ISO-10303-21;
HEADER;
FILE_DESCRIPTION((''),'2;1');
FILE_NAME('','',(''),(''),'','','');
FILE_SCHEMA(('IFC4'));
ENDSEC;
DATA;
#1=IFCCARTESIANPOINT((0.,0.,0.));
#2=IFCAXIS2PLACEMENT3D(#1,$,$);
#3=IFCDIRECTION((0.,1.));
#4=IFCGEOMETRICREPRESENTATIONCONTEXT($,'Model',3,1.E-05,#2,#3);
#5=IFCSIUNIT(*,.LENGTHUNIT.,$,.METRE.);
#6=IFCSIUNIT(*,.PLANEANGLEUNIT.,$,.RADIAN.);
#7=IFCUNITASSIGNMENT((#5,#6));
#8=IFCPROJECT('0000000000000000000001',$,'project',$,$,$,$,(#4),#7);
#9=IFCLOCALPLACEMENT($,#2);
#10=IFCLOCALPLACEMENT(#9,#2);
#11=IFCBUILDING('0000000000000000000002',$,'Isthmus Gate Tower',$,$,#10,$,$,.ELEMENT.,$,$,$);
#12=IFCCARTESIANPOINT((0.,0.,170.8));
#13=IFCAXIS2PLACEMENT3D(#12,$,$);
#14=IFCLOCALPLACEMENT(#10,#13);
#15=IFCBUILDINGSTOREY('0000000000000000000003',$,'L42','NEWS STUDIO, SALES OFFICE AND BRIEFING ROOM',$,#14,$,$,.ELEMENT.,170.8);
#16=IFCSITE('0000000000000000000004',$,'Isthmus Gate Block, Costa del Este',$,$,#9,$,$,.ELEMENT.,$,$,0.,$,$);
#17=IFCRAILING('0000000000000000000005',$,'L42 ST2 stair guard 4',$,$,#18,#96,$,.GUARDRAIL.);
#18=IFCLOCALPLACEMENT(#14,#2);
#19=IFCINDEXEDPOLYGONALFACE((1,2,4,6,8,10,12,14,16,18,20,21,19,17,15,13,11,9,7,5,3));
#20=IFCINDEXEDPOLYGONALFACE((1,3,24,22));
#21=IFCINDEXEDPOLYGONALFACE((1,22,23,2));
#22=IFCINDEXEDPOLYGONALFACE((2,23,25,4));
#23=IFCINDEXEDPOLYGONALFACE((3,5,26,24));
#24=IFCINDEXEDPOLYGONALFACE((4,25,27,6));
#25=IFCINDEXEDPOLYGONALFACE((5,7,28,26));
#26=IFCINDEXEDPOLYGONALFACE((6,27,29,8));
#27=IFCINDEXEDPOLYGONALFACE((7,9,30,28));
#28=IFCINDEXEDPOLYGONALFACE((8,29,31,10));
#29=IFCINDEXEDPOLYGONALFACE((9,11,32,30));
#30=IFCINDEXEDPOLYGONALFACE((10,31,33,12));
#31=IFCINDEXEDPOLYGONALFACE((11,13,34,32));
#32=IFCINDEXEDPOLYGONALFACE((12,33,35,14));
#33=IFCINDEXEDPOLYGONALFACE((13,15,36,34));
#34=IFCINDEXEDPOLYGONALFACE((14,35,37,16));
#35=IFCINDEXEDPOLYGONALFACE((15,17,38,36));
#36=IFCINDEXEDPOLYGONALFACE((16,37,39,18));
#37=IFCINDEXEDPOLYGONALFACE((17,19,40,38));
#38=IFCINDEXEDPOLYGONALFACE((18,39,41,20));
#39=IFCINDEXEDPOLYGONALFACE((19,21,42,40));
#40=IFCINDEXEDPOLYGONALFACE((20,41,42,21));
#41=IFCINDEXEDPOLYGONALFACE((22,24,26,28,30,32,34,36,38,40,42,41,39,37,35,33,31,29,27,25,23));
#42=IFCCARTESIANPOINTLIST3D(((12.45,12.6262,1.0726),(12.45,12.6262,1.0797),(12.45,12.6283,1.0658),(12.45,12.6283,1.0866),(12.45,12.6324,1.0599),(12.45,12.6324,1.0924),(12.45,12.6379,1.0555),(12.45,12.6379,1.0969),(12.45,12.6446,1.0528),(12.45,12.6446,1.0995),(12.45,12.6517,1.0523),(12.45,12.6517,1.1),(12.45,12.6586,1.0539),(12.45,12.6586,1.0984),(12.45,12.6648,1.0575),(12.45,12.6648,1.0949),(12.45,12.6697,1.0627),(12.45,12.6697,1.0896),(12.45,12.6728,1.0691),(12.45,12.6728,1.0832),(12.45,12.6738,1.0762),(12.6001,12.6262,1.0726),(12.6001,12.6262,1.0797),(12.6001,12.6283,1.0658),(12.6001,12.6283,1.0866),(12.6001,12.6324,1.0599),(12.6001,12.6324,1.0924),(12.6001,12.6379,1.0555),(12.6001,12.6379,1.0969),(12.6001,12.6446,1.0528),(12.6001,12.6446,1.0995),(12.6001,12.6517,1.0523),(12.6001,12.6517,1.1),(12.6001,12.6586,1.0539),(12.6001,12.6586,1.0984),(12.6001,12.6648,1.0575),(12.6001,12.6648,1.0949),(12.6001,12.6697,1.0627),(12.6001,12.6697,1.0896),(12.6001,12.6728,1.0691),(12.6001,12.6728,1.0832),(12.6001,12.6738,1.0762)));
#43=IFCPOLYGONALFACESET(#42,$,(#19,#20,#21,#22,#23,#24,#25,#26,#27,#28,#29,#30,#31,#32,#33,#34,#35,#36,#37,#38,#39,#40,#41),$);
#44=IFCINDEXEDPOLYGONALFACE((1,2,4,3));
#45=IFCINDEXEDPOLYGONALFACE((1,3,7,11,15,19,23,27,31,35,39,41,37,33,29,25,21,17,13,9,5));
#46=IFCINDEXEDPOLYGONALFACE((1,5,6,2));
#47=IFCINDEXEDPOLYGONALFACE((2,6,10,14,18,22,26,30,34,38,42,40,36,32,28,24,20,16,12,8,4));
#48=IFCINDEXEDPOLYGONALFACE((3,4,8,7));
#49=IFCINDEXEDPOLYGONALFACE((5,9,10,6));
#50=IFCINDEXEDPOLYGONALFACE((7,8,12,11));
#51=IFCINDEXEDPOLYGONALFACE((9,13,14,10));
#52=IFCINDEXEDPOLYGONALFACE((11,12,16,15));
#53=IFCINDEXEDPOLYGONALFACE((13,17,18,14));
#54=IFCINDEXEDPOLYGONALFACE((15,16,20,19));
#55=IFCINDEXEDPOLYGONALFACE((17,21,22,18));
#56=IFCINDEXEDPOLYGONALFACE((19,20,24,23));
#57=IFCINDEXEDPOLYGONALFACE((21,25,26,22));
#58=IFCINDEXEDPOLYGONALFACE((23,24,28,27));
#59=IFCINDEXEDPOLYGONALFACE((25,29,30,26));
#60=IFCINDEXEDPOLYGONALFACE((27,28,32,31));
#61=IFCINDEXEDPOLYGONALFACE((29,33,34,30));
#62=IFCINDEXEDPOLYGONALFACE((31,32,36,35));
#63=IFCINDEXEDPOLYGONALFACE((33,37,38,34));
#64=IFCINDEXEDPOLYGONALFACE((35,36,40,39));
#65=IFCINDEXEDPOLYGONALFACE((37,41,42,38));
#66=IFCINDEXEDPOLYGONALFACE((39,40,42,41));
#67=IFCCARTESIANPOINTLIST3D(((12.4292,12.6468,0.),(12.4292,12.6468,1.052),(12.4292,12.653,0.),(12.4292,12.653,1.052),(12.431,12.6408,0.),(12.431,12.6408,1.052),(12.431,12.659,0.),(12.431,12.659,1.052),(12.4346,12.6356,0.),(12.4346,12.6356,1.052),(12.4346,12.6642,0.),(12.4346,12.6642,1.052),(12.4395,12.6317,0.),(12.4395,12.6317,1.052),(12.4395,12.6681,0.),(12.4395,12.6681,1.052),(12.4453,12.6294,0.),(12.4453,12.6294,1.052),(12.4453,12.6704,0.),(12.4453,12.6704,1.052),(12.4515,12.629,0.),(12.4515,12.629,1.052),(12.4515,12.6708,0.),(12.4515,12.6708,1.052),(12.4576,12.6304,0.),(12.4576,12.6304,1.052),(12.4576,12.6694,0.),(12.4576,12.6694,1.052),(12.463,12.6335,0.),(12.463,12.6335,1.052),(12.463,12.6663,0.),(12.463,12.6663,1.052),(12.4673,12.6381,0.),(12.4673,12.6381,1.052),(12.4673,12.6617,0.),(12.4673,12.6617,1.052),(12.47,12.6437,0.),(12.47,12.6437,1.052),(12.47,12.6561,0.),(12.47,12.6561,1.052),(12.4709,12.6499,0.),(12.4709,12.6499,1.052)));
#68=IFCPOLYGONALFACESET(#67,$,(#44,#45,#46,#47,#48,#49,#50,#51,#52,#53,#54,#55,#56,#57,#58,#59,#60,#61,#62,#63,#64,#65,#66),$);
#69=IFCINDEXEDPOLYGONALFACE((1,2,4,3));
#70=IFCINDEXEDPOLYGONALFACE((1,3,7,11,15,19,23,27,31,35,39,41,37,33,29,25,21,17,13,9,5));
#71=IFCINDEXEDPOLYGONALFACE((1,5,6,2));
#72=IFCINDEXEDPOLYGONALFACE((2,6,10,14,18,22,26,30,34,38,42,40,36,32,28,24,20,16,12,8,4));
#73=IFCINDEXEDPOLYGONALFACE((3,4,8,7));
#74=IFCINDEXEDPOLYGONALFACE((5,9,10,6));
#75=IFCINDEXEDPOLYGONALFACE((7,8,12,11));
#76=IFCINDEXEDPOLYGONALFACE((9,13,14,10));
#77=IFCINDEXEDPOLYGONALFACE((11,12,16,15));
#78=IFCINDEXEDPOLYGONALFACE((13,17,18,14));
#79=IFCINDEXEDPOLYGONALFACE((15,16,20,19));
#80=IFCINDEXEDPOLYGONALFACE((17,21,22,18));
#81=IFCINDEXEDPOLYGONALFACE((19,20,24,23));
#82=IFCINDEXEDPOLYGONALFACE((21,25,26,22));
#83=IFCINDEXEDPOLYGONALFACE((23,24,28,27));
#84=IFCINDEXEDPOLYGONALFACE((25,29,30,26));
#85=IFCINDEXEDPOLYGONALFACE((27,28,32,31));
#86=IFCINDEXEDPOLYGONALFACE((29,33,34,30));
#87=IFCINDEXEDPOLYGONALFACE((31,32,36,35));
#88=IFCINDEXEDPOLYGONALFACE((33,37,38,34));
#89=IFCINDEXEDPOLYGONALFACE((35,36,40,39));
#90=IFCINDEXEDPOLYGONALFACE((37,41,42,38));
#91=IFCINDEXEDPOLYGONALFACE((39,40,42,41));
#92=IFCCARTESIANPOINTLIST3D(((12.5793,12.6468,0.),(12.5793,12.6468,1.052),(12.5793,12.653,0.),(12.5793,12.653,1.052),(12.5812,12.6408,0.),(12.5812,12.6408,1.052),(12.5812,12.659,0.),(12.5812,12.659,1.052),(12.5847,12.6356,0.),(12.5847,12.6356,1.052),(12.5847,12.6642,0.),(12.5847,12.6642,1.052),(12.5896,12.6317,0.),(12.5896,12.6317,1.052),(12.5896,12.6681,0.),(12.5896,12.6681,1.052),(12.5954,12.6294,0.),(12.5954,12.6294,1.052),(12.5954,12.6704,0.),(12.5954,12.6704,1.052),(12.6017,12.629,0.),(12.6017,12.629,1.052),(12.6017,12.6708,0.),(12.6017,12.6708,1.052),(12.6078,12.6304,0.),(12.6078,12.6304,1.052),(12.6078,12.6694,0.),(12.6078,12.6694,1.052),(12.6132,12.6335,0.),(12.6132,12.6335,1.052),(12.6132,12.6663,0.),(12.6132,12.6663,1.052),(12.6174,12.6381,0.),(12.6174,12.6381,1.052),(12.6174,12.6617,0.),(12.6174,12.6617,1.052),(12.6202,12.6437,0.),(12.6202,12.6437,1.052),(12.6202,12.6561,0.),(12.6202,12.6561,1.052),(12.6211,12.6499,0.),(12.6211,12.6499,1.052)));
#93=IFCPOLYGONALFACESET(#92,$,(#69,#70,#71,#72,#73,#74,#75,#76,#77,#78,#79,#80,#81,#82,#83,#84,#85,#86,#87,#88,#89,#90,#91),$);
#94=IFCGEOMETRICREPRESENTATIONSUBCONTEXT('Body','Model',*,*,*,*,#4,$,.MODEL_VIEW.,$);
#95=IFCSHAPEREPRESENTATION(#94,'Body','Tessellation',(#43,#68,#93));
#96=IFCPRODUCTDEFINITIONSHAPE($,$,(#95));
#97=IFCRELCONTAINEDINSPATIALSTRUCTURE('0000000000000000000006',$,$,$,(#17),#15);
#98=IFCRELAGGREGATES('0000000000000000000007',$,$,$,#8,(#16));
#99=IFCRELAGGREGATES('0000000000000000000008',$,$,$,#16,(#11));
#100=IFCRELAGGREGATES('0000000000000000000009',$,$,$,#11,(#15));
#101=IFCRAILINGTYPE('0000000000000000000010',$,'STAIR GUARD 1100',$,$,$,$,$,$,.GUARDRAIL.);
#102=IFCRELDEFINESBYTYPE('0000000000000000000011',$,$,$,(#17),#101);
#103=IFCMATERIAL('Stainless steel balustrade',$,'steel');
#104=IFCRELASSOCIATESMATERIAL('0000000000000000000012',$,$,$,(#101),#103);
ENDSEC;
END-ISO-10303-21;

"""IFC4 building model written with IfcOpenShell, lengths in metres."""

from ifc_helpers import new_model, si_unit, direction, frame, origin, origin_2d, place, context, subcontext, project, spatial, circle, extrude, material, type_object, element, save


model = new_model("IFC4")

# Units and contexts
model_context = context("Model", 3, precision=1e-05, world=origin(), true_north=direction((0.0, 1.0)))
body_context = subcontext(model_context, "Body", "Model", "MODEL_VIEW")
ifc_project = project(units=[si_unit("LENGTHUNIT", "METRE"), si_unit("PLANEANGLEUNIT", "RADIAN")], contexts=[model_context])

# Site, building, storey
site_placement = place(None, origin())
site = spatial("IfcSite", under=ifc_project, at=site_placement, Name="Isthmus Gate Block, Costa del Este", CompositionType="ELEMENT", RefElevation=0.0)
building_placement = place(site_placement, origin())
building = spatial("IfcBuilding", under=site, at=building_placement, Name="Isthmus Gate Tower", CompositionType="ELEMENT")
storey_placement = place(building_placement, frame((0.0, 0.0, 170.8)))
storey = spatial("IfcBuildingStorey", under=building, at=storey_placement, Name="L42", Description="NEWS STUDIO, SALES OFFICE AND BRIEFING ROOM", CompositionType="ELEMENT", Elevation=170.8)

# Railing
ifc_material_1 = material(Name="Stainless steel balustrade", Category="steel")
railing_type = type_object("IfcRailingType", Name="STAIR GUARD 1100", PredefinedType="GUARDRAIL", material=ifc_material_1)
railing_1_placement = place(storey_placement, frame((12.45, 12.6499, 0.0)))
element("IfcRailing", 1, at=railing_1_placement, inside=storey, type_object=railing_type, Name="L42 ST2 stair guard 4", PredefinedType="GUARDRAIL", context=body_context, shape_type="SweptSolid", body=[
    extrude(circle(Radius=0.0239, at=origin_2d()), frame((0.0, 0.0, 1.0762), z_axis=(1.0, 0.0, 0.0), x_axis=(0.0, 1.0, 0.0)), (0.0, 0.0, 1.0), 0.1501),
    extrude(circle(Radius=0.021, at=origin_2d()), origin(), (0.0, 0.0, 1.0), 1.052),
    extrude(circle(Radius=0.021, at=origin_2d()), frame((0.1501, 0.0, 0.0)), (0.0, 0.0, 1.0), 1.052),
])

save(model, "model.ifc")
